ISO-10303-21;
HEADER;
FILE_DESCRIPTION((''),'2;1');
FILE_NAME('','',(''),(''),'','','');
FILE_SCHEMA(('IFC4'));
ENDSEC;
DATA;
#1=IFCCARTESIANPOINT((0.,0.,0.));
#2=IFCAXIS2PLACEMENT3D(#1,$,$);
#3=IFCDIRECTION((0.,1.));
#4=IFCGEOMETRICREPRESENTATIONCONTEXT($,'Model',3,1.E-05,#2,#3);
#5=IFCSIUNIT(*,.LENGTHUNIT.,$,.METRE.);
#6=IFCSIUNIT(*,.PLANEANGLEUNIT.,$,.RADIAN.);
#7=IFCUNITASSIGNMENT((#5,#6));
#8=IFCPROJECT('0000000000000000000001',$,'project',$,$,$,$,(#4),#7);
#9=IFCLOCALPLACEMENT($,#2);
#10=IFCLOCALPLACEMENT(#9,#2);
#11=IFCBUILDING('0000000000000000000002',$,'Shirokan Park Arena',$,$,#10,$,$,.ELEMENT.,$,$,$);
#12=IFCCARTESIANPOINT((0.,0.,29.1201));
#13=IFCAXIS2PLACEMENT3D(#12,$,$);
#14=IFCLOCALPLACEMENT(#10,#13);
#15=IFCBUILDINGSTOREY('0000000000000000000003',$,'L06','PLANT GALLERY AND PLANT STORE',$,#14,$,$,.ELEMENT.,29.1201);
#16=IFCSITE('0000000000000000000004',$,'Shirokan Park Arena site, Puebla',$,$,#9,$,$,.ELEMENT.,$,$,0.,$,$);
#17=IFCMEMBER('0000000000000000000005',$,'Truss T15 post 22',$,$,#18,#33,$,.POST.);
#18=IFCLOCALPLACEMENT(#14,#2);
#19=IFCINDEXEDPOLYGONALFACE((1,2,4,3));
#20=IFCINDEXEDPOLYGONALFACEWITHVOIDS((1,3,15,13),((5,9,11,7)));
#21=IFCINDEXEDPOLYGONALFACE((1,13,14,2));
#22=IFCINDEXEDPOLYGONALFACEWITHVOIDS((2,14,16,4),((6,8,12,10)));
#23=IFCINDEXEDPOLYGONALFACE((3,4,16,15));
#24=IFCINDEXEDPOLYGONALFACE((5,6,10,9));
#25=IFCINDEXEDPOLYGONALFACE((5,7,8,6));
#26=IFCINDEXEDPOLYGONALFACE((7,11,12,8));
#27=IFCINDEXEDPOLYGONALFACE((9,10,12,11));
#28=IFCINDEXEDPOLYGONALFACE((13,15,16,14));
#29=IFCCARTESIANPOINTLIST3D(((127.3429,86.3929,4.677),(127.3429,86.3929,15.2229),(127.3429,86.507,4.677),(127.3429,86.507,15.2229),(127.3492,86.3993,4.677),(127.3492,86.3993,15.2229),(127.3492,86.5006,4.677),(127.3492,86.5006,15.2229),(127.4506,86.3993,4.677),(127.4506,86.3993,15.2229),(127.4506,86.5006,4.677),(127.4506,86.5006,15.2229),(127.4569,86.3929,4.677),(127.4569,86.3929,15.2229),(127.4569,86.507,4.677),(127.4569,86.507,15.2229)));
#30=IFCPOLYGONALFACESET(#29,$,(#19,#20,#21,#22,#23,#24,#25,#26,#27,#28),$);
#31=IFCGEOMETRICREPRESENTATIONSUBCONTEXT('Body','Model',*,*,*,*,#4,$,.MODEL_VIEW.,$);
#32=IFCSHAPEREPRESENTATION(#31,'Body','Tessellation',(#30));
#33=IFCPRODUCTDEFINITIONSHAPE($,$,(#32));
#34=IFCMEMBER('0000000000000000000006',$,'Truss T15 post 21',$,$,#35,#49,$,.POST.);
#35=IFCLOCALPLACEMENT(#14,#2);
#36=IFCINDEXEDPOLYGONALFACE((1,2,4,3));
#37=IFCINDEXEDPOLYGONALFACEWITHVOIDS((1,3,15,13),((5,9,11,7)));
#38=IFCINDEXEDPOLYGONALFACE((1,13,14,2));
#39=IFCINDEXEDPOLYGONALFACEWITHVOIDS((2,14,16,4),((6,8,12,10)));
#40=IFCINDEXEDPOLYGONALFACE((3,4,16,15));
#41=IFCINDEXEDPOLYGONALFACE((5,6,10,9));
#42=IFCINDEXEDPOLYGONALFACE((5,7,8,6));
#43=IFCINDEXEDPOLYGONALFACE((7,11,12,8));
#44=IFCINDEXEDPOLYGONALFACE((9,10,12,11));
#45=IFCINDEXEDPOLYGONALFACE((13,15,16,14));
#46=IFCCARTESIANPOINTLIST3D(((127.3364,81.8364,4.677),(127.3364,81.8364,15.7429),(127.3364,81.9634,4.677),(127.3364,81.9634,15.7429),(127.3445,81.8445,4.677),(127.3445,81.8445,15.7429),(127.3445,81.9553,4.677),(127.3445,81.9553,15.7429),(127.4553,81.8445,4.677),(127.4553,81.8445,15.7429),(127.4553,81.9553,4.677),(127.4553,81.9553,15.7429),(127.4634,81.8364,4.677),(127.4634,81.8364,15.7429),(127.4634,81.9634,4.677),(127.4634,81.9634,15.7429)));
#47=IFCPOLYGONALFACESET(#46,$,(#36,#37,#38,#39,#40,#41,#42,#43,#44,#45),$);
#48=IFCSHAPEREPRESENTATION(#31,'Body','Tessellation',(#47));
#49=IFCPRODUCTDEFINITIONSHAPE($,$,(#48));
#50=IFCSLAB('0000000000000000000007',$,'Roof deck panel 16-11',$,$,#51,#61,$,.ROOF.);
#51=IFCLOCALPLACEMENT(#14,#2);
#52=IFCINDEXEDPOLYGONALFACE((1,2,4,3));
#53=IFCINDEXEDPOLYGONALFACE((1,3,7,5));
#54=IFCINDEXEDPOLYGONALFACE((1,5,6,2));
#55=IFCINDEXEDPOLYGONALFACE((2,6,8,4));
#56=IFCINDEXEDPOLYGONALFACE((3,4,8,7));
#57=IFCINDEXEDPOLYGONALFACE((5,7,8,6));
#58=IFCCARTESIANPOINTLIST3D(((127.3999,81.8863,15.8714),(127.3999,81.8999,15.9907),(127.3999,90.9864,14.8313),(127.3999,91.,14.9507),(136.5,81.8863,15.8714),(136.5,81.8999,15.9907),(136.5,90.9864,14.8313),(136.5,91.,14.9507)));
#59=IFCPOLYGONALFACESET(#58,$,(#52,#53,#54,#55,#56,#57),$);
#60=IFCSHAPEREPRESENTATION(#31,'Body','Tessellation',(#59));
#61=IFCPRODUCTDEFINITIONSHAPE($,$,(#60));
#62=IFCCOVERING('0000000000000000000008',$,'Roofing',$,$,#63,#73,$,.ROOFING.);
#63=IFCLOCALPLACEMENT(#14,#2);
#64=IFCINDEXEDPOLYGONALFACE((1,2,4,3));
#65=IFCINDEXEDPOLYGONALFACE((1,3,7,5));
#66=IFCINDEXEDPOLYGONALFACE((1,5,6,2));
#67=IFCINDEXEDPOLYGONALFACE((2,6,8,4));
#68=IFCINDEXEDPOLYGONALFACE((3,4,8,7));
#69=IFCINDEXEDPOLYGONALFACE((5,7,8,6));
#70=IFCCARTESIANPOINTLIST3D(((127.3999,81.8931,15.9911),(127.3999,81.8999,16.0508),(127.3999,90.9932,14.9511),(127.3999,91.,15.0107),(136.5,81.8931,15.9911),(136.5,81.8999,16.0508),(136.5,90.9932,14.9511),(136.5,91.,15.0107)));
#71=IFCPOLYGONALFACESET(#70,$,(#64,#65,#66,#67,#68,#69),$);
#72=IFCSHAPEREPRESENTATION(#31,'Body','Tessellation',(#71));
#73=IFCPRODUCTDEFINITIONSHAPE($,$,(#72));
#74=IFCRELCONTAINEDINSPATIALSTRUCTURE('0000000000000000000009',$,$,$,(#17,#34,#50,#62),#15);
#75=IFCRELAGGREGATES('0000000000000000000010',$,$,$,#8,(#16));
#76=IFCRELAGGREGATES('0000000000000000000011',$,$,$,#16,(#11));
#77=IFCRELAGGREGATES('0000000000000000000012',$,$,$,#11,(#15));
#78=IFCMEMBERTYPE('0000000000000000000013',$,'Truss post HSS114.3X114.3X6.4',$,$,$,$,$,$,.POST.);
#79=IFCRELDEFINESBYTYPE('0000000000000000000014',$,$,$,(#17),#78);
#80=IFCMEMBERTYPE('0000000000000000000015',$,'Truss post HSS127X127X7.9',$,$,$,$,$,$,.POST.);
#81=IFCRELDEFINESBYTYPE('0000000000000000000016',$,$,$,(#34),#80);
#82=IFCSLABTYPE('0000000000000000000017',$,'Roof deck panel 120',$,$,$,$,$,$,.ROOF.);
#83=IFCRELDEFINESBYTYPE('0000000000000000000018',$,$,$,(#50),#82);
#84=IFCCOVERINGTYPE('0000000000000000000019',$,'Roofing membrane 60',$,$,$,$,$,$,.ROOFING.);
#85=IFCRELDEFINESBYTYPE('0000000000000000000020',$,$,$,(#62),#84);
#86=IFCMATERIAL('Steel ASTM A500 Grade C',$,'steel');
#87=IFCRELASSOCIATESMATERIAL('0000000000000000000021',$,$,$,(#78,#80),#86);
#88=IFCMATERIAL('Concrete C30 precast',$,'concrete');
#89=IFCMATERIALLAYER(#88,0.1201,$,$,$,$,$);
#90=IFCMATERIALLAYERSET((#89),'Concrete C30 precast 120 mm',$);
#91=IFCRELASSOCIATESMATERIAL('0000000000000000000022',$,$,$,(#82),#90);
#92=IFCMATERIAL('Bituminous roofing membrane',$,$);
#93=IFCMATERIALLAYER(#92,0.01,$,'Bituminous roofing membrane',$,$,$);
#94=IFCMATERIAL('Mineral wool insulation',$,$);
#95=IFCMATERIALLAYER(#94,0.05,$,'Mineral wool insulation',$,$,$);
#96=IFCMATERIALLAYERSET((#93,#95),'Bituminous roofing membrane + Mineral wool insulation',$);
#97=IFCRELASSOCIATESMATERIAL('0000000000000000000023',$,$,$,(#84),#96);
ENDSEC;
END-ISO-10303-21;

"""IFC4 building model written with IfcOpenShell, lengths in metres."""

from ifc_helpers import new_model, si_unit, direction, frame, origin, origin_2d, place, context, subcontext, project, spatial, polyline, hollow_rectangle, outline, extrude, material, layer, layer_set, material_profile, profile_set, type_object, element, save


model = new_model("IFC4")

# Units and contexts
model_context = context("Model", 3, precision=1e-05, world=origin(), true_north=direction((0.0, 1.0)))
body_context = subcontext(model_context, "Body", "Model", "MODEL_VIEW")
ifc_project = project(units=[si_unit("LENGTHUNIT", "METRE"), si_unit("PLANEANGLEUNIT", "RADIAN")], contexts=[model_context])

# Site, building, storey
site_placement = place(None, origin())
site = spatial("IfcSite", under=ifc_project, at=site_placement, Name="Shirokan Park Arena site, Puebla", CompositionType="ELEMENT", RefElevation=0.0)
building_placement = place(site_placement, origin())
building = spatial("IfcBuilding", under=site, at=building_placement, Name="Shirokan Park Arena", CompositionType="ELEMENT")
storey_placement = place(building_placement, frame((0.0, 0.0, 29.1201)))
storey = spatial("IfcBuildingStorey", under=building, at=storey_placement, Name="L06", Description="PLANT GALLERY AND PLANT STORE", CompositionType="ELEMENT", Elevation=29.1201)

# Members
ifc_material_1 = material(Name="Steel ASTM A500 Grade C", Category="steel")
ifc_material_profile_1 = material_profile(ifc_material_1, hollow_rectangle(XDim=0.114, YDim=0.114, WallThickness=0.0063, at=origin_2d()), Name="HSS114.3X114.3X6.4")
ifc_profile_set_1 = profile_set([ifc_material_profile_1], Name="Steel ASTM A500 Grade C")
member_type_1 = type_object("IfcMemberType", Name="Truss post HSS114.3X114.3X6.4", PredefinedType="POST", material=ifc_profile_set_1)
member_1_placement = place(storey_placement, frame((127.3999, 86.45, 4.677), z_axis=(0.0, 0.0, 1.0), x_axis=(1.0, 0.0, 0.0)))
element("IfcMember", 1, at=member_1_placement, inside=storey, type_object=member_type_1, Name="Truss T15 post 22", PredefinedType="POST", context=body_context, shape_type="SweptSolid", body=[
    extrude(hollow_rectangle(XDim=0.114, YDim=0.114, WallThickness=0.0063, at=origin_2d()), origin(), (0.0, 0.0, 1.0), 10.5459),
])
ifc_material_profile_2 = material_profile(ifc_material_1, hollow_rectangle(XDim=0.127, YDim=0.127, WallThickness=0.0081, at=origin_2d()), Name="HSS127X127X7.9")
ifc_profile_set_2 = profile_set([ifc_material_profile_2], Name="Steel ASTM A500 Grade C")
member_type_2 = type_object("IfcMemberType", Name="Truss post HSS127X127X7.9", PredefinedType="POST", material=ifc_profile_set_2)
member_2_placement = place(storey_placement, frame((127.3999, 81.8999, 4.677), z_axis=(0.0, 0.0, 1.0), x_axis=(1.0, 0.0, 0.0)))
element("IfcMember", 2, at=member_2_placement, inside=storey, type_object=member_type_2, Name="Truss T15 post 21", PredefinedType="POST", context=body_context, shape_type="SweptSolid", body=[
    extrude(hollow_rectangle(XDim=0.127, YDim=0.127, WallThickness=0.0081, at=origin_2d()), origin(), (0.0, 0.0, 1.0), 11.0659),
])

# Slab
ifc_material_2 = material(Name="Concrete C30 precast", Category="concrete")
ifc_layer_1 = layer(ifc_material_2, 0.1201)
ifc_layer_set_1 = layer_set([ifc_layer_1], Name="Concrete C30 precast 120 mm")
slab_type = type_object("IfcSlabType", Name="Roof deck panel 120", PredefinedType="ROOF", material=ifc_layer_set_1)
slab_placement = place(storey_placement, frame((127.3999, 81.8999, 15.9907), z_axis=(0.0, 0.11355, 0.993532), x_axis=(1.0, 0.0, 0.0)))
element("IfcSlab", 3, at=slab_placement, inside=storey, type_object=slab_type, Name="Roof deck panel 16-11", PredefinedType="ROOF", context=body_context, shape_type="SweptSolid", body=[
    extrude(outline(polyline([(0.0, 0.0), (9.1001, 0.0), (9.1001, 9.1593), (0.0, 9.1593), (0.0, 0.0)])), origin(), (0.0, 0.0, -1.0), 0.1201),
])

# Covering
ifc_material_3 = material(Name="Bituminous roofing membrane")
ifc_layer_2 = layer(ifc_material_3, 0.01, Name="Bituminous roofing membrane")
ifc_material_4 = material(Name="Mineral wool insulation")
ifc_layer_3 = layer(ifc_material_4, 0.05, Name="Mineral wool insulation")
ifc_layer_set_2 = layer_set([ifc_layer_2, ifc_layer_3], Name="Bituminous roofing membrane + Mineral wool insulation")
covering_type = type_object("IfcCoveringType", Name="Roofing membrane 60", PredefinedType="ROOFING", material=ifc_layer_set_2)
covering_placement = place(storey_placement, frame((127.3999, 81.8999, 16.0508), z_axis=(0.0, 0.11355, 0.993532), x_axis=(1.0, 0.0, 0.0)))
element("IfcCovering", 4, at=covering_placement, inside=storey, type_object=covering_type, Name="Roofing", PredefinedType="ROOFING", context=body_context, shape_type="SweptSolid", body=[
    extrude(outline(polyline([(0.0, 0.0), (9.1001, 0.0), (9.1001, 9.1593), (0.0, 9.1593), (0.0, 0.0)])), origin(), (0.0, 0.0, -1.0), 0.0601),
])

save(model, "model.ifc")
